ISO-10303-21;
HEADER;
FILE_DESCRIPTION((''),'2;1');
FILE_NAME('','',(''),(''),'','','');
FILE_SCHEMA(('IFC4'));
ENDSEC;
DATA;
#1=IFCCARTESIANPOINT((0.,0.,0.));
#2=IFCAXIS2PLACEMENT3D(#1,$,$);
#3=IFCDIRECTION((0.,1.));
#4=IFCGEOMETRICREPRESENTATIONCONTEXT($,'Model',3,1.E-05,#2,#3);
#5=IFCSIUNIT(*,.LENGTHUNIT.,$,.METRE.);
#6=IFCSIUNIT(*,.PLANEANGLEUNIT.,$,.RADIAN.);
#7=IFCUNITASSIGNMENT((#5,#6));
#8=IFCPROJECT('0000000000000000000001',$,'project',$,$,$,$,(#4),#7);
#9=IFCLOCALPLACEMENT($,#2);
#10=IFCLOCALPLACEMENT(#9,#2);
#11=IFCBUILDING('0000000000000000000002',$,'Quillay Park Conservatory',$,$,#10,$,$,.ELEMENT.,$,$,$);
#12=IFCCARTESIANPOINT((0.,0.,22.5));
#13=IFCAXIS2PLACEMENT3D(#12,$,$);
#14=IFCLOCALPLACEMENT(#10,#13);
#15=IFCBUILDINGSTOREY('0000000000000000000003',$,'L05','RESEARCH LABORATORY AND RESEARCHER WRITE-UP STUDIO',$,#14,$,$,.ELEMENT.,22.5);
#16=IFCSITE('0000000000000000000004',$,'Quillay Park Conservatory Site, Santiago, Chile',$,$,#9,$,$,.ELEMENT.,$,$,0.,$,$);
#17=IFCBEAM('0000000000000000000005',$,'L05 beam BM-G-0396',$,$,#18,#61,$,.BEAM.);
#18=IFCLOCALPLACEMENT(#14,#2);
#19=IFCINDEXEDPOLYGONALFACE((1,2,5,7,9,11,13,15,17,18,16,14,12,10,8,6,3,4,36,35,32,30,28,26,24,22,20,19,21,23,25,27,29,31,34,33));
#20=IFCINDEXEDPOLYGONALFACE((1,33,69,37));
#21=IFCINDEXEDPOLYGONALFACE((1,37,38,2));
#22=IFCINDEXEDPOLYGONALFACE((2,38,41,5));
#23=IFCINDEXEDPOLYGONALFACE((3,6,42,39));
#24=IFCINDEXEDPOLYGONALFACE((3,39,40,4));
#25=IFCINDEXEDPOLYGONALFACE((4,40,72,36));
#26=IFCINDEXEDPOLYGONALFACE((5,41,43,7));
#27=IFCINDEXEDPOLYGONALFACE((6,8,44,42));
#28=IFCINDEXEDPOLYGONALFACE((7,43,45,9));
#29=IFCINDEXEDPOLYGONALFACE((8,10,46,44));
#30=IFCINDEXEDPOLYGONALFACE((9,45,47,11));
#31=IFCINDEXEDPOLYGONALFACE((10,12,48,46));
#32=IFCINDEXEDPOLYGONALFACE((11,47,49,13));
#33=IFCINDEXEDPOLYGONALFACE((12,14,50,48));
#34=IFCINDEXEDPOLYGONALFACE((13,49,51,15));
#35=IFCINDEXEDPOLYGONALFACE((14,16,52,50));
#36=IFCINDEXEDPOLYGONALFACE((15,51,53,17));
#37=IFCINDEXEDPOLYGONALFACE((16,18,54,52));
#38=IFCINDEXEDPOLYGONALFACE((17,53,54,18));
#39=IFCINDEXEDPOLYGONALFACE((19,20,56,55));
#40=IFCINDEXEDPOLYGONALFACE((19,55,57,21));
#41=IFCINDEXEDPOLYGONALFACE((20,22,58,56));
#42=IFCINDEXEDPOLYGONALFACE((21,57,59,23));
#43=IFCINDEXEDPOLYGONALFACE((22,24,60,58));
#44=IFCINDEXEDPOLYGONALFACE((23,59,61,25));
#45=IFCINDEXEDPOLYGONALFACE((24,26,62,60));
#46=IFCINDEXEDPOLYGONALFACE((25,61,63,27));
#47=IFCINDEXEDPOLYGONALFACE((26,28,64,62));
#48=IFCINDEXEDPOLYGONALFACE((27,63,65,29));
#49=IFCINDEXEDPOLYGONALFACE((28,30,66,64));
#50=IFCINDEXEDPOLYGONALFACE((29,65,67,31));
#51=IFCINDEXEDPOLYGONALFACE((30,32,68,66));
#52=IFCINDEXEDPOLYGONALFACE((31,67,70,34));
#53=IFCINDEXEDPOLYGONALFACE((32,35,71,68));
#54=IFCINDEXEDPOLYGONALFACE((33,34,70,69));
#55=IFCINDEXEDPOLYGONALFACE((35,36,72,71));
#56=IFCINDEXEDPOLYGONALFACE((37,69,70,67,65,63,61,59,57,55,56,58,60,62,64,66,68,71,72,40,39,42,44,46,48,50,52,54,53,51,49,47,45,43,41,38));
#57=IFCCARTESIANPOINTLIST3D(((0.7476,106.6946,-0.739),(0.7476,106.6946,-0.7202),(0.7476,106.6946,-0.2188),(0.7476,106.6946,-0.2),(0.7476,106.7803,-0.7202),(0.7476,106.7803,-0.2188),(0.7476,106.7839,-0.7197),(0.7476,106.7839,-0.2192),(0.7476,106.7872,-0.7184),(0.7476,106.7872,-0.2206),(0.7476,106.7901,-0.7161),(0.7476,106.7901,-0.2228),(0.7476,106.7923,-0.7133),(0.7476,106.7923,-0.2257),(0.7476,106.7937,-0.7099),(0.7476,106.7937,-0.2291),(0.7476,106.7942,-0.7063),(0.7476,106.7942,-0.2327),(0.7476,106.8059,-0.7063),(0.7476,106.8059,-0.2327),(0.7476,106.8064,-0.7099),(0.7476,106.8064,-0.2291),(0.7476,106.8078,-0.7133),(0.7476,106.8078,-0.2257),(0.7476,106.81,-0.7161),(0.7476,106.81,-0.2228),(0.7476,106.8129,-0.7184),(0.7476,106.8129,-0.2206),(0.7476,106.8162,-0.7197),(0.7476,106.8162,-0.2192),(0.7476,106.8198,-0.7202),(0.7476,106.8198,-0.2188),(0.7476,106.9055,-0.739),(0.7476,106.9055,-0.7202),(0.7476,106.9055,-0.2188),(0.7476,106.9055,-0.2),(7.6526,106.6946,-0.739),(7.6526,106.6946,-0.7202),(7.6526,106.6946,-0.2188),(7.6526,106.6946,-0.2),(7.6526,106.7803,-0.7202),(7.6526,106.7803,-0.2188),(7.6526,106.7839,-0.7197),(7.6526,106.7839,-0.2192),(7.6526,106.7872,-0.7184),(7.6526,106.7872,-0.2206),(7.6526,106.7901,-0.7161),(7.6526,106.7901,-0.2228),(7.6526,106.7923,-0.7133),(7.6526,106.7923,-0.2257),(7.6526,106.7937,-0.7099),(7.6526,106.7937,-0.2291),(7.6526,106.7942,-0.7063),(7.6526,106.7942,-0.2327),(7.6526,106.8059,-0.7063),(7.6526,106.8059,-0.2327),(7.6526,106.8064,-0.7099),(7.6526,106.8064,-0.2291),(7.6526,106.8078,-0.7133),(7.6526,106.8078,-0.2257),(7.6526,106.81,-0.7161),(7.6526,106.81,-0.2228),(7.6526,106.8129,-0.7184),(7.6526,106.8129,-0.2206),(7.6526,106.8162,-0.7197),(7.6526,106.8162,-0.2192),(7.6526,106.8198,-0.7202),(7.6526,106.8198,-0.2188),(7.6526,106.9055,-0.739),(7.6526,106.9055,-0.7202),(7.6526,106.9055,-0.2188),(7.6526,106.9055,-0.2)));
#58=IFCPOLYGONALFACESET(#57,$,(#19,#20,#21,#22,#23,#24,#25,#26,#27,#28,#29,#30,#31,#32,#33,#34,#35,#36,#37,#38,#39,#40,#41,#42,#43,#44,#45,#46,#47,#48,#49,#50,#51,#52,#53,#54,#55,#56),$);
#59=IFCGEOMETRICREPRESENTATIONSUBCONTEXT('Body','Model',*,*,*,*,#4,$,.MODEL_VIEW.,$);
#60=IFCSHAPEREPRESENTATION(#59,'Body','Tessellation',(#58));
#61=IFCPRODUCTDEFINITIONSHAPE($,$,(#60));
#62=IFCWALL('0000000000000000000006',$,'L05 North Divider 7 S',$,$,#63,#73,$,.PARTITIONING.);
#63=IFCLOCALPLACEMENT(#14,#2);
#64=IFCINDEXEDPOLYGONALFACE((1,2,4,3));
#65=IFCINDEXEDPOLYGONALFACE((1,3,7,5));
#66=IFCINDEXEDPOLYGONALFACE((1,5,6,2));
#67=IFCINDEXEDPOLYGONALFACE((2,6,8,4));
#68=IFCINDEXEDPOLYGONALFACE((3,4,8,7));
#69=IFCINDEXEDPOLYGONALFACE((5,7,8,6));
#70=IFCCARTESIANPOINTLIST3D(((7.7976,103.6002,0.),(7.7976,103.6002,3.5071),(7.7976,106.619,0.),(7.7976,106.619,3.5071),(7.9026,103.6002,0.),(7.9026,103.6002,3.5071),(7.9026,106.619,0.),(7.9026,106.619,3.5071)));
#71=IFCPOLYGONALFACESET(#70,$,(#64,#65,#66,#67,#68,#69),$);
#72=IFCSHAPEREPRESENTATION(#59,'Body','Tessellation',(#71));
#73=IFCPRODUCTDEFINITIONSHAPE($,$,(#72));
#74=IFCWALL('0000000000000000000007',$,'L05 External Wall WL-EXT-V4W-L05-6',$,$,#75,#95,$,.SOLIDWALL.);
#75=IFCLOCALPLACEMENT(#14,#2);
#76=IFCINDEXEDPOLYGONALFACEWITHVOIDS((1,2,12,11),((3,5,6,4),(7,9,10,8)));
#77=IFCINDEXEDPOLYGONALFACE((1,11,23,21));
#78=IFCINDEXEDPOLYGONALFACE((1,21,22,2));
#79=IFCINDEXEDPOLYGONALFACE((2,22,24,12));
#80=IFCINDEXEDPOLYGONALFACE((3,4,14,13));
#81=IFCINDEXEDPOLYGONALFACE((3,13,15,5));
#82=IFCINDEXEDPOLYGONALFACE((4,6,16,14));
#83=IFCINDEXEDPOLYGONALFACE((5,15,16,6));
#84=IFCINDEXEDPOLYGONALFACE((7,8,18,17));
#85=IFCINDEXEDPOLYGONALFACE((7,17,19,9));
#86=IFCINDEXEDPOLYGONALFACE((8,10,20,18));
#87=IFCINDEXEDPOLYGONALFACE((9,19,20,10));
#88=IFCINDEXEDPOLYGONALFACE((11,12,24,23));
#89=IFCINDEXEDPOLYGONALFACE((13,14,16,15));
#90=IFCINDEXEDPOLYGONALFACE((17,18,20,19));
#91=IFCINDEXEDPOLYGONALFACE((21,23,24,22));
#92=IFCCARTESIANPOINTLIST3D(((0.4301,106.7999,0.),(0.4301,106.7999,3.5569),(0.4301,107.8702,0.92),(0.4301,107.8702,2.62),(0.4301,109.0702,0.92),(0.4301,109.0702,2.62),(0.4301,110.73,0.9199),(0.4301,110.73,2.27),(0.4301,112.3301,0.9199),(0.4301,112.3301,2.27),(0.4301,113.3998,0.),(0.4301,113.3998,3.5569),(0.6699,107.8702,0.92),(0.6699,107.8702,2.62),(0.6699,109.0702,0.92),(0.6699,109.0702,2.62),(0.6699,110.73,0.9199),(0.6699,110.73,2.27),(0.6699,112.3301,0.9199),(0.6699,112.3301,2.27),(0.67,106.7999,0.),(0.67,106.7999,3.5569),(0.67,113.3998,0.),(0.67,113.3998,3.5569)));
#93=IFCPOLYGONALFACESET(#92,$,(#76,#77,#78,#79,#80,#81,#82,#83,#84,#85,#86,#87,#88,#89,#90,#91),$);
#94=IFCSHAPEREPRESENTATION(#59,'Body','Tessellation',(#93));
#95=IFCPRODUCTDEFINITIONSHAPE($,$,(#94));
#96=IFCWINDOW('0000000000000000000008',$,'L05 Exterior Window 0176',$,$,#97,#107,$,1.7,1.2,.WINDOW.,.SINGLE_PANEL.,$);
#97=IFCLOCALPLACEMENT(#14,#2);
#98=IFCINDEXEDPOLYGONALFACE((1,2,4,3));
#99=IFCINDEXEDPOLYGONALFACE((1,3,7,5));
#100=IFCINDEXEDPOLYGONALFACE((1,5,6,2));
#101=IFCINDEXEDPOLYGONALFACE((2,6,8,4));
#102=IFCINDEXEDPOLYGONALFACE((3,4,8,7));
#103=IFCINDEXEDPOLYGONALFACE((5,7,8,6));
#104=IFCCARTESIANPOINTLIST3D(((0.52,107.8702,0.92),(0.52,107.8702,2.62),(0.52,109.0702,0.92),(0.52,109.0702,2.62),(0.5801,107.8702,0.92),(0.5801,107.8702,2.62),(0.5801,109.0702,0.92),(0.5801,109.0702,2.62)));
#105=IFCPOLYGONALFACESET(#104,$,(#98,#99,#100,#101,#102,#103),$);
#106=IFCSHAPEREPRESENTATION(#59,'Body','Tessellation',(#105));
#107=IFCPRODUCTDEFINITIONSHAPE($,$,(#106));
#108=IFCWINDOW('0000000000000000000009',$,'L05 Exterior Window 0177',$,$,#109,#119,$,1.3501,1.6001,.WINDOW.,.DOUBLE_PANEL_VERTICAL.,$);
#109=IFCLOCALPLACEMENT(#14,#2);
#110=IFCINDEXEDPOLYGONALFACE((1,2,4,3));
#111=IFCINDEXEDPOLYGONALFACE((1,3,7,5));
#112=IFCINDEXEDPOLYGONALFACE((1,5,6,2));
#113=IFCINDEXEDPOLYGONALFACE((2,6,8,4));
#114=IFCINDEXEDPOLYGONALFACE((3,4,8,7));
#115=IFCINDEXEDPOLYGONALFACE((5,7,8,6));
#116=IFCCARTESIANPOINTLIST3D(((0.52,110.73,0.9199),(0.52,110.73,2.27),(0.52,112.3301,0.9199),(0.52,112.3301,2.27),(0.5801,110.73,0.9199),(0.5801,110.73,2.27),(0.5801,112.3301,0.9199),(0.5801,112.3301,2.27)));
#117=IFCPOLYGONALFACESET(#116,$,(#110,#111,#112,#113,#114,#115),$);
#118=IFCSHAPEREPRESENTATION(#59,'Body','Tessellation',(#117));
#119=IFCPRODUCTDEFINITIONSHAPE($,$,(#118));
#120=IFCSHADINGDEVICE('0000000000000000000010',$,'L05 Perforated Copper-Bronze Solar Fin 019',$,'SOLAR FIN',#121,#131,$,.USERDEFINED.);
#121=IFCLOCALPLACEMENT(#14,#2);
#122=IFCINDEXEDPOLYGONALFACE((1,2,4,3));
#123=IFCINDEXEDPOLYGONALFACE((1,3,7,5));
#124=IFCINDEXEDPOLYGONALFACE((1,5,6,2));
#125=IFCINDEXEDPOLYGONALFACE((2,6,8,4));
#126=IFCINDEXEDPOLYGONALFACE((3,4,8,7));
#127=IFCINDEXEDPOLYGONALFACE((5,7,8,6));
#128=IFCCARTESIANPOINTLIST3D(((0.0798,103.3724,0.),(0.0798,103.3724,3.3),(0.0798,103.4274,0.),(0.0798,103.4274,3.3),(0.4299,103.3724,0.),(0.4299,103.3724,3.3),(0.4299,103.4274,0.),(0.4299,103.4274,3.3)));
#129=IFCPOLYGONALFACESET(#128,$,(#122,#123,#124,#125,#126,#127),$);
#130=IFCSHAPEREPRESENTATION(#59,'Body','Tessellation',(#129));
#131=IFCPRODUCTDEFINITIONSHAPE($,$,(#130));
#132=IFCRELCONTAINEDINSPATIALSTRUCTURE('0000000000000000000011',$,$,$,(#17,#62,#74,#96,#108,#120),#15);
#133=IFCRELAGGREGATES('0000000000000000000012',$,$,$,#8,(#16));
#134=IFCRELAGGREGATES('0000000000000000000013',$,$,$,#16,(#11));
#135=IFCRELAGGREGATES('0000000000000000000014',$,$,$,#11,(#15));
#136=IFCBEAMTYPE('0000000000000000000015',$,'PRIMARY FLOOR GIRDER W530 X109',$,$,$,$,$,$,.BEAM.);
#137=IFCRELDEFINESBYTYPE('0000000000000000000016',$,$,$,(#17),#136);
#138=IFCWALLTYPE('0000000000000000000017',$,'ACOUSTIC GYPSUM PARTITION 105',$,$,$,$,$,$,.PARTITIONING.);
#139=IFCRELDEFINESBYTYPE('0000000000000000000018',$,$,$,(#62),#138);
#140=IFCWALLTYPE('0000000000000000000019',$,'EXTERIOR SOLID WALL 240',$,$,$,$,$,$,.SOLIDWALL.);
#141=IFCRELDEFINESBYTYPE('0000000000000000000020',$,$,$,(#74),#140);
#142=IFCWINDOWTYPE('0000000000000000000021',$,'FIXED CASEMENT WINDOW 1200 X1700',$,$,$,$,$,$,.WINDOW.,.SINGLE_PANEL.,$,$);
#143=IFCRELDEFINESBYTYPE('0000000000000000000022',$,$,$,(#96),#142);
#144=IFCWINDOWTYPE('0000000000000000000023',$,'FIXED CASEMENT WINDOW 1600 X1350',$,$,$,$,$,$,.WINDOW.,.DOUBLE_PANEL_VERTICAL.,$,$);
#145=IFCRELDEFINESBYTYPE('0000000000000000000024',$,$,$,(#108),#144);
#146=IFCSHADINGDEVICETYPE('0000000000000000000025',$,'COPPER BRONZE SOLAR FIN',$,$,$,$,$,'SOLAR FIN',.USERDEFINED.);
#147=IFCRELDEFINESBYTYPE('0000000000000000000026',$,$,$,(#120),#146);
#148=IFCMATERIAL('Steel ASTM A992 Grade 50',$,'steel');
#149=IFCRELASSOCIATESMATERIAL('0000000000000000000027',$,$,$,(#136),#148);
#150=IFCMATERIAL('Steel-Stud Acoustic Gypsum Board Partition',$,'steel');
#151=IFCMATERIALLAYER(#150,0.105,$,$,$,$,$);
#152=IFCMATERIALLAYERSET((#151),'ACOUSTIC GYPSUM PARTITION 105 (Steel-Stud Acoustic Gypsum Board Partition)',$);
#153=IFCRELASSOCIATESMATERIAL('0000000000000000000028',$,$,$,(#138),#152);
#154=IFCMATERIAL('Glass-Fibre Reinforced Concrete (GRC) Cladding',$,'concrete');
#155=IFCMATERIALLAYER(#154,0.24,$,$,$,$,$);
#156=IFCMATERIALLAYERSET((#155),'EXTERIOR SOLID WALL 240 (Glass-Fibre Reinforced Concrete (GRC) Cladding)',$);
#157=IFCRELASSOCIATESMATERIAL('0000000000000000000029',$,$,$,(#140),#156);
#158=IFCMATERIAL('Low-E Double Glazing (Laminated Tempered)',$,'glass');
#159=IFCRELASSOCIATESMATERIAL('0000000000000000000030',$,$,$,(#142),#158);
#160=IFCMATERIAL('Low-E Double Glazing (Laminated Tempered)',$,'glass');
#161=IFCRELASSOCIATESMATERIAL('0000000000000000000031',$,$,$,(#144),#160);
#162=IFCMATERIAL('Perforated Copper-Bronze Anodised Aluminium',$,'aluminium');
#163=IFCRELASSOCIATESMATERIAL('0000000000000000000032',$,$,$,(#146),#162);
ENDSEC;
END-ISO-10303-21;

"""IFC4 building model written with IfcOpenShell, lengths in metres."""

from ifc_helpers import new_model, si_unit, direction, frame, frame_2d, origin, origin_2d, place, context, subcontext, project, spatial, rectangle, i_section, extrude, material, layer, layer_set, material_profile, profile_set, type_object, element, fill, save


model = new_model("IFC4")

# Units and contexts
model_context = context("Model", 3, precision=1e-05, world=origin(), true_north=direction((0.0, 1.0)))
body_context = subcontext(model_context, "Body", "Model", "MODEL_VIEW")
ifc_project = project(units=[si_unit("LENGTHUNIT", "METRE"), si_unit("PLANEANGLEUNIT", "RADIAN")], contexts=[model_context])

# Site, building, storey
site_placement = place(None, origin())
site = spatial("IfcSite", under=ifc_project, at=site_placement, Name="Quillay Park Conservatory Site, Santiago, Chile", CompositionType="ELEMENT", RefElevation=0.0)
building_placement = place(site_placement, origin())
building = spatial("IfcBuilding", under=site, at=building_placement, Name="Quillay Park Conservatory", CompositionType="ELEMENT")
storey_placement = place(building_placement, frame((0.0, 0.0, 22.5)))
storey = spatial("IfcBuildingStorey", under=building, at=storey_placement, Name="L05", Description="RESEARCH LABORATORY AND RESEARCHER WRITE-UP STUDIO", CompositionType="ELEMENT", Elevation=22.5)

# Beam
ifc_material_1 = material(Name="Steel ASTM A992 Grade 50", Category="steel")
ifc_material_profile_1 = material_profile(ifc_material_1, i_section(OverallWidth=0.2109, OverallDepth=0.5391, WebThickness=0.0117, FlangeThickness=0.0188, FilletRadius=0.0139, at=origin_2d()), Name="W530x109")
ifc_profile_set_1 = profile_set([ifc_material_profile_1], Name="Steel ASTM A992 Grade 50")
beam_type_1 = type_object("IfcBeamType", Name="PRIMARY FLOOR GIRDER W530 X109", PredefinedType="BEAM", material=ifc_profile_set_1)
beam_1_placement = place(storey_placement, frame((0.7476, 106.8, -0.4695), z_axis=(1.0, 0.0, 0.0), x_axis=(0.0, 1.0, 0.0)))
element("IfcBeam", 1, at=beam_1_placement, inside=storey, type_object=beam_type_1, Name="L05 beam BM-G-0396", PredefinedType="BEAM", context=body_context, shape_type="SweptSolid", body=[
    extrude(i_section(OverallWidth=0.2109, OverallDepth=0.5391, WebThickness=0.0117, FlangeThickness=0.0188, FilletRadius=0.0139, at=origin_2d()), origin(), (0.0, 0.0, 1.0), 6.905),
])

# Wall
ifc_material_2 = material(Name="Steel-Stud Acoustic Gypsum Board Partition", Category="steel")
ifc_layer_1 = layer(ifc_material_2, 0.105)
ifc_layer_set_1 = layer_set([ifc_layer_1], Name="ACOUSTIC GYPSUM PARTITION 105 (Steel-Stud Acoustic Gypsum Board Partition)")
wall_type_1 = type_object("IfcWallType", Name="ACOUSTIC GYPSUM PARTITION 105", PredefinedType="PARTITIONING", material=ifc_layer_set_1)
wall_1_placement = place(storey_placement, frame((7.8501, 106.6189, 0.0), z_axis=(0.0, 0.0, 1.0), x_axis=(0.0, -1.0, 0.0)))
element("IfcWall", 2, at=wall_1_placement, inside=storey, type_object=wall_type_1, Name="L05 North Divider 7 S", PredefinedType="PARTITIONING", context=body_context, shape_type="SweptSolid", body=[
    extrude(rectangle(XDim=3.0188, YDim=0.105, at=frame_2d((1.5093, 0.0))), origin(), (0.0, 0.0, 1.0), 3.5071),
])

# Wall, openings, windows
ifc_material_3 = material(Name="Glass-Fibre Reinforced Concrete (GRC) Cladding", Category="concrete")
ifc_layer_2 = layer(ifc_material_3, 0.24)
ifc_layer_set_2 = layer_set([ifc_layer_2], Name="EXTERIOR SOLID WALL 240 (Glass-Fibre Reinforced Concrete (GRC) Cladding)")
wall_type_2 = type_object("IfcWallType", Name="EXTERIOR SOLID WALL 240", PredefinedType="SOLIDWALL", material=ifc_layer_set_2)
wall_2_placement = place(storey_placement, frame((0.55, 106.8, 0.0), z_axis=(0.0, 0.0, 1.0), x_axis=(0.0, 1.0, 0.0)))
wall_2 = element("IfcWall", 3, at=wall_2_placement, inside=storey, type_object=wall_type_2, Name="L05 External Wall WL-EXT-V4W-L05-6", PredefinedType="SOLIDWALL", context=body_context, shape_type="SweptSolid", body=[
    extrude(rectangle(XDim=6.5999, YDim=0.24, at=frame_2d((3.2998, 0.0))), origin(), (0.0, 0.0, 1.0), 3.5569),
])
opening_1_placement = place(wall_2_placement, frame((1.0701, 0.0, 0.9199)))
opening_1 = element("IfcOpeningElement", 4, at=opening_1_placement, cuts=wall_2, PredefinedType="OPENING", context=body_context, shape_type="SweptSolid", body=[
    extrude(rectangle(XDim=1.2, YDim=1.7, at=frame_2d((0.6001, 0.8501))), frame((0.0, 0.1201, 0.0), z_axis=(0.0, -1.0, 0.0), x_axis=(1.0, 0.0, 0.0)), (0.0, 0.0, 1.0), 0.24),
])
opening_2_placement = place(wall_2_placement, frame((3.9299, 0.0, 0.9199)))
opening_2 = element("IfcOpeningElement", 5, at=opening_2_placement, cuts=wall_2, PredefinedType="OPENING", context=body_context, shape_type="SweptSolid", body=[
    extrude(rectangle(XDim=1.6001, YDim=1.3501, at=frame_2d((0.8, 0.675))), frame((0.0, 0.1201, 0.0), z_axis=(0.0, -1.0, 0.0), x_axis=(1.0, 0.0, 0.0)), (0.0, 0.0, 1.0), 0.24),
])
ifc_material_4 = material(Name="Low-E Double Glazing (Laminated Tempered)", Category="glass")
window_type_1 = type_object("IfcWindowType", Name="FIXED CASEMENT WINDOW 1200 X1700", PartitioningType="SINGLE_PANEL", PredefinedType="WINDOW", material=ifc_material_4)
window_1_placement = place(opening_1_placement, origin())
window_1 = element("IfcWindow", 6, at=window_1_placement, inside=storey, type_object=window_type_1, Name="L05 Exterior Window 0176", OverallHeight=1.7, OverallWidth=1.2, PartitioningType="SINGLE_PANEL", PredefinedType="WINDOW", context=body_context, shape_type="SweptSolid", body=[
    extrude(rectangle(XDim=1.2, YDim=1.7, at=frame_2d((0.6001, 0.8501))), frame((0.0, 0.03, 0.0), z_axis=(0.0, -1.0, 0.0), x_axis=(1.0, 0.0, 0.0)), (0.0, 0.0, 1.0), 0.0601),
])
fill(opening_1, window_1)
ifc_material_5 = material(Name="Low-E Double Glazing (Laminated Tempered)", Category="glass")
window_type_2 = type_object("IfcWindowType", Name="FIXED CASEMENT WINDOW 1600 X1350", PartitioningType="DOUBLE_PANEL_VERTICAL", PredefinedType="WINDOW", material=ifc_material_5)
window_2_placement = place(opening_2_placement, origin())
window_2 = element("IfcWindow", 7, at=window_2_placement, inside=storey, type_object=window_type_2, Name="L05 Exterior Window 0177", OverallHeight=1.3501, OverallWidth=1.6001, PartitioningType="DOUBLE_PANEL_VERTICAL", PredefinedType="WINDOW", context=body_context, shape_type="SweptSolid", body=[
    extrude(rectangle(XDim=1.6001, YDim=1.3501, at=frame_2d((0.8, 0.675))), frame((0.0, 0.03, 0.0), z_axis=(0.0, -1.0, 0.0), x_axis=(1.0, 0.0, 0.0)), (0.0, 0.0, 1.0), 0.0601),
])
fill(opening_2, window_2)

# Shading device
ifc_material_6 = material(Name="Perforated Copper-Bronze Anodised Aluminium", Category="aluminium")
shading_device_type = type_object("IfcShadingDeviceType", Name="COPPER BRONZE SOLAR FIN", ElementType="SOLAR FIN", PredefinedType="USERDEFINED", material=ifc_material_6)
shading_device_placement = place(storey_placement, frame((0.2549, 103.3999, 0.0), z_axis=(0.0, 0.0, 1.0), x_axis=(1.0, 0.0, 0.0)))
element("IfcShadingDevice", 8, at=shading_device_placement, inside=storey, type_object=shading_device_type, Name="L05 Perforated Copper-Bronze Solar Fin 019", ObjectType="SOLAR FIN", PredefinedType="USERDEFINED", context=body_context, shape_type="SweptSolid", body=[
    extrude(rectangle(XDim=0.3501, YDim=0.0549, at=origin_2d()), origin(), (0.0, 0.0, 1.0), 3.3),
])

save(model, "model.ifc")
